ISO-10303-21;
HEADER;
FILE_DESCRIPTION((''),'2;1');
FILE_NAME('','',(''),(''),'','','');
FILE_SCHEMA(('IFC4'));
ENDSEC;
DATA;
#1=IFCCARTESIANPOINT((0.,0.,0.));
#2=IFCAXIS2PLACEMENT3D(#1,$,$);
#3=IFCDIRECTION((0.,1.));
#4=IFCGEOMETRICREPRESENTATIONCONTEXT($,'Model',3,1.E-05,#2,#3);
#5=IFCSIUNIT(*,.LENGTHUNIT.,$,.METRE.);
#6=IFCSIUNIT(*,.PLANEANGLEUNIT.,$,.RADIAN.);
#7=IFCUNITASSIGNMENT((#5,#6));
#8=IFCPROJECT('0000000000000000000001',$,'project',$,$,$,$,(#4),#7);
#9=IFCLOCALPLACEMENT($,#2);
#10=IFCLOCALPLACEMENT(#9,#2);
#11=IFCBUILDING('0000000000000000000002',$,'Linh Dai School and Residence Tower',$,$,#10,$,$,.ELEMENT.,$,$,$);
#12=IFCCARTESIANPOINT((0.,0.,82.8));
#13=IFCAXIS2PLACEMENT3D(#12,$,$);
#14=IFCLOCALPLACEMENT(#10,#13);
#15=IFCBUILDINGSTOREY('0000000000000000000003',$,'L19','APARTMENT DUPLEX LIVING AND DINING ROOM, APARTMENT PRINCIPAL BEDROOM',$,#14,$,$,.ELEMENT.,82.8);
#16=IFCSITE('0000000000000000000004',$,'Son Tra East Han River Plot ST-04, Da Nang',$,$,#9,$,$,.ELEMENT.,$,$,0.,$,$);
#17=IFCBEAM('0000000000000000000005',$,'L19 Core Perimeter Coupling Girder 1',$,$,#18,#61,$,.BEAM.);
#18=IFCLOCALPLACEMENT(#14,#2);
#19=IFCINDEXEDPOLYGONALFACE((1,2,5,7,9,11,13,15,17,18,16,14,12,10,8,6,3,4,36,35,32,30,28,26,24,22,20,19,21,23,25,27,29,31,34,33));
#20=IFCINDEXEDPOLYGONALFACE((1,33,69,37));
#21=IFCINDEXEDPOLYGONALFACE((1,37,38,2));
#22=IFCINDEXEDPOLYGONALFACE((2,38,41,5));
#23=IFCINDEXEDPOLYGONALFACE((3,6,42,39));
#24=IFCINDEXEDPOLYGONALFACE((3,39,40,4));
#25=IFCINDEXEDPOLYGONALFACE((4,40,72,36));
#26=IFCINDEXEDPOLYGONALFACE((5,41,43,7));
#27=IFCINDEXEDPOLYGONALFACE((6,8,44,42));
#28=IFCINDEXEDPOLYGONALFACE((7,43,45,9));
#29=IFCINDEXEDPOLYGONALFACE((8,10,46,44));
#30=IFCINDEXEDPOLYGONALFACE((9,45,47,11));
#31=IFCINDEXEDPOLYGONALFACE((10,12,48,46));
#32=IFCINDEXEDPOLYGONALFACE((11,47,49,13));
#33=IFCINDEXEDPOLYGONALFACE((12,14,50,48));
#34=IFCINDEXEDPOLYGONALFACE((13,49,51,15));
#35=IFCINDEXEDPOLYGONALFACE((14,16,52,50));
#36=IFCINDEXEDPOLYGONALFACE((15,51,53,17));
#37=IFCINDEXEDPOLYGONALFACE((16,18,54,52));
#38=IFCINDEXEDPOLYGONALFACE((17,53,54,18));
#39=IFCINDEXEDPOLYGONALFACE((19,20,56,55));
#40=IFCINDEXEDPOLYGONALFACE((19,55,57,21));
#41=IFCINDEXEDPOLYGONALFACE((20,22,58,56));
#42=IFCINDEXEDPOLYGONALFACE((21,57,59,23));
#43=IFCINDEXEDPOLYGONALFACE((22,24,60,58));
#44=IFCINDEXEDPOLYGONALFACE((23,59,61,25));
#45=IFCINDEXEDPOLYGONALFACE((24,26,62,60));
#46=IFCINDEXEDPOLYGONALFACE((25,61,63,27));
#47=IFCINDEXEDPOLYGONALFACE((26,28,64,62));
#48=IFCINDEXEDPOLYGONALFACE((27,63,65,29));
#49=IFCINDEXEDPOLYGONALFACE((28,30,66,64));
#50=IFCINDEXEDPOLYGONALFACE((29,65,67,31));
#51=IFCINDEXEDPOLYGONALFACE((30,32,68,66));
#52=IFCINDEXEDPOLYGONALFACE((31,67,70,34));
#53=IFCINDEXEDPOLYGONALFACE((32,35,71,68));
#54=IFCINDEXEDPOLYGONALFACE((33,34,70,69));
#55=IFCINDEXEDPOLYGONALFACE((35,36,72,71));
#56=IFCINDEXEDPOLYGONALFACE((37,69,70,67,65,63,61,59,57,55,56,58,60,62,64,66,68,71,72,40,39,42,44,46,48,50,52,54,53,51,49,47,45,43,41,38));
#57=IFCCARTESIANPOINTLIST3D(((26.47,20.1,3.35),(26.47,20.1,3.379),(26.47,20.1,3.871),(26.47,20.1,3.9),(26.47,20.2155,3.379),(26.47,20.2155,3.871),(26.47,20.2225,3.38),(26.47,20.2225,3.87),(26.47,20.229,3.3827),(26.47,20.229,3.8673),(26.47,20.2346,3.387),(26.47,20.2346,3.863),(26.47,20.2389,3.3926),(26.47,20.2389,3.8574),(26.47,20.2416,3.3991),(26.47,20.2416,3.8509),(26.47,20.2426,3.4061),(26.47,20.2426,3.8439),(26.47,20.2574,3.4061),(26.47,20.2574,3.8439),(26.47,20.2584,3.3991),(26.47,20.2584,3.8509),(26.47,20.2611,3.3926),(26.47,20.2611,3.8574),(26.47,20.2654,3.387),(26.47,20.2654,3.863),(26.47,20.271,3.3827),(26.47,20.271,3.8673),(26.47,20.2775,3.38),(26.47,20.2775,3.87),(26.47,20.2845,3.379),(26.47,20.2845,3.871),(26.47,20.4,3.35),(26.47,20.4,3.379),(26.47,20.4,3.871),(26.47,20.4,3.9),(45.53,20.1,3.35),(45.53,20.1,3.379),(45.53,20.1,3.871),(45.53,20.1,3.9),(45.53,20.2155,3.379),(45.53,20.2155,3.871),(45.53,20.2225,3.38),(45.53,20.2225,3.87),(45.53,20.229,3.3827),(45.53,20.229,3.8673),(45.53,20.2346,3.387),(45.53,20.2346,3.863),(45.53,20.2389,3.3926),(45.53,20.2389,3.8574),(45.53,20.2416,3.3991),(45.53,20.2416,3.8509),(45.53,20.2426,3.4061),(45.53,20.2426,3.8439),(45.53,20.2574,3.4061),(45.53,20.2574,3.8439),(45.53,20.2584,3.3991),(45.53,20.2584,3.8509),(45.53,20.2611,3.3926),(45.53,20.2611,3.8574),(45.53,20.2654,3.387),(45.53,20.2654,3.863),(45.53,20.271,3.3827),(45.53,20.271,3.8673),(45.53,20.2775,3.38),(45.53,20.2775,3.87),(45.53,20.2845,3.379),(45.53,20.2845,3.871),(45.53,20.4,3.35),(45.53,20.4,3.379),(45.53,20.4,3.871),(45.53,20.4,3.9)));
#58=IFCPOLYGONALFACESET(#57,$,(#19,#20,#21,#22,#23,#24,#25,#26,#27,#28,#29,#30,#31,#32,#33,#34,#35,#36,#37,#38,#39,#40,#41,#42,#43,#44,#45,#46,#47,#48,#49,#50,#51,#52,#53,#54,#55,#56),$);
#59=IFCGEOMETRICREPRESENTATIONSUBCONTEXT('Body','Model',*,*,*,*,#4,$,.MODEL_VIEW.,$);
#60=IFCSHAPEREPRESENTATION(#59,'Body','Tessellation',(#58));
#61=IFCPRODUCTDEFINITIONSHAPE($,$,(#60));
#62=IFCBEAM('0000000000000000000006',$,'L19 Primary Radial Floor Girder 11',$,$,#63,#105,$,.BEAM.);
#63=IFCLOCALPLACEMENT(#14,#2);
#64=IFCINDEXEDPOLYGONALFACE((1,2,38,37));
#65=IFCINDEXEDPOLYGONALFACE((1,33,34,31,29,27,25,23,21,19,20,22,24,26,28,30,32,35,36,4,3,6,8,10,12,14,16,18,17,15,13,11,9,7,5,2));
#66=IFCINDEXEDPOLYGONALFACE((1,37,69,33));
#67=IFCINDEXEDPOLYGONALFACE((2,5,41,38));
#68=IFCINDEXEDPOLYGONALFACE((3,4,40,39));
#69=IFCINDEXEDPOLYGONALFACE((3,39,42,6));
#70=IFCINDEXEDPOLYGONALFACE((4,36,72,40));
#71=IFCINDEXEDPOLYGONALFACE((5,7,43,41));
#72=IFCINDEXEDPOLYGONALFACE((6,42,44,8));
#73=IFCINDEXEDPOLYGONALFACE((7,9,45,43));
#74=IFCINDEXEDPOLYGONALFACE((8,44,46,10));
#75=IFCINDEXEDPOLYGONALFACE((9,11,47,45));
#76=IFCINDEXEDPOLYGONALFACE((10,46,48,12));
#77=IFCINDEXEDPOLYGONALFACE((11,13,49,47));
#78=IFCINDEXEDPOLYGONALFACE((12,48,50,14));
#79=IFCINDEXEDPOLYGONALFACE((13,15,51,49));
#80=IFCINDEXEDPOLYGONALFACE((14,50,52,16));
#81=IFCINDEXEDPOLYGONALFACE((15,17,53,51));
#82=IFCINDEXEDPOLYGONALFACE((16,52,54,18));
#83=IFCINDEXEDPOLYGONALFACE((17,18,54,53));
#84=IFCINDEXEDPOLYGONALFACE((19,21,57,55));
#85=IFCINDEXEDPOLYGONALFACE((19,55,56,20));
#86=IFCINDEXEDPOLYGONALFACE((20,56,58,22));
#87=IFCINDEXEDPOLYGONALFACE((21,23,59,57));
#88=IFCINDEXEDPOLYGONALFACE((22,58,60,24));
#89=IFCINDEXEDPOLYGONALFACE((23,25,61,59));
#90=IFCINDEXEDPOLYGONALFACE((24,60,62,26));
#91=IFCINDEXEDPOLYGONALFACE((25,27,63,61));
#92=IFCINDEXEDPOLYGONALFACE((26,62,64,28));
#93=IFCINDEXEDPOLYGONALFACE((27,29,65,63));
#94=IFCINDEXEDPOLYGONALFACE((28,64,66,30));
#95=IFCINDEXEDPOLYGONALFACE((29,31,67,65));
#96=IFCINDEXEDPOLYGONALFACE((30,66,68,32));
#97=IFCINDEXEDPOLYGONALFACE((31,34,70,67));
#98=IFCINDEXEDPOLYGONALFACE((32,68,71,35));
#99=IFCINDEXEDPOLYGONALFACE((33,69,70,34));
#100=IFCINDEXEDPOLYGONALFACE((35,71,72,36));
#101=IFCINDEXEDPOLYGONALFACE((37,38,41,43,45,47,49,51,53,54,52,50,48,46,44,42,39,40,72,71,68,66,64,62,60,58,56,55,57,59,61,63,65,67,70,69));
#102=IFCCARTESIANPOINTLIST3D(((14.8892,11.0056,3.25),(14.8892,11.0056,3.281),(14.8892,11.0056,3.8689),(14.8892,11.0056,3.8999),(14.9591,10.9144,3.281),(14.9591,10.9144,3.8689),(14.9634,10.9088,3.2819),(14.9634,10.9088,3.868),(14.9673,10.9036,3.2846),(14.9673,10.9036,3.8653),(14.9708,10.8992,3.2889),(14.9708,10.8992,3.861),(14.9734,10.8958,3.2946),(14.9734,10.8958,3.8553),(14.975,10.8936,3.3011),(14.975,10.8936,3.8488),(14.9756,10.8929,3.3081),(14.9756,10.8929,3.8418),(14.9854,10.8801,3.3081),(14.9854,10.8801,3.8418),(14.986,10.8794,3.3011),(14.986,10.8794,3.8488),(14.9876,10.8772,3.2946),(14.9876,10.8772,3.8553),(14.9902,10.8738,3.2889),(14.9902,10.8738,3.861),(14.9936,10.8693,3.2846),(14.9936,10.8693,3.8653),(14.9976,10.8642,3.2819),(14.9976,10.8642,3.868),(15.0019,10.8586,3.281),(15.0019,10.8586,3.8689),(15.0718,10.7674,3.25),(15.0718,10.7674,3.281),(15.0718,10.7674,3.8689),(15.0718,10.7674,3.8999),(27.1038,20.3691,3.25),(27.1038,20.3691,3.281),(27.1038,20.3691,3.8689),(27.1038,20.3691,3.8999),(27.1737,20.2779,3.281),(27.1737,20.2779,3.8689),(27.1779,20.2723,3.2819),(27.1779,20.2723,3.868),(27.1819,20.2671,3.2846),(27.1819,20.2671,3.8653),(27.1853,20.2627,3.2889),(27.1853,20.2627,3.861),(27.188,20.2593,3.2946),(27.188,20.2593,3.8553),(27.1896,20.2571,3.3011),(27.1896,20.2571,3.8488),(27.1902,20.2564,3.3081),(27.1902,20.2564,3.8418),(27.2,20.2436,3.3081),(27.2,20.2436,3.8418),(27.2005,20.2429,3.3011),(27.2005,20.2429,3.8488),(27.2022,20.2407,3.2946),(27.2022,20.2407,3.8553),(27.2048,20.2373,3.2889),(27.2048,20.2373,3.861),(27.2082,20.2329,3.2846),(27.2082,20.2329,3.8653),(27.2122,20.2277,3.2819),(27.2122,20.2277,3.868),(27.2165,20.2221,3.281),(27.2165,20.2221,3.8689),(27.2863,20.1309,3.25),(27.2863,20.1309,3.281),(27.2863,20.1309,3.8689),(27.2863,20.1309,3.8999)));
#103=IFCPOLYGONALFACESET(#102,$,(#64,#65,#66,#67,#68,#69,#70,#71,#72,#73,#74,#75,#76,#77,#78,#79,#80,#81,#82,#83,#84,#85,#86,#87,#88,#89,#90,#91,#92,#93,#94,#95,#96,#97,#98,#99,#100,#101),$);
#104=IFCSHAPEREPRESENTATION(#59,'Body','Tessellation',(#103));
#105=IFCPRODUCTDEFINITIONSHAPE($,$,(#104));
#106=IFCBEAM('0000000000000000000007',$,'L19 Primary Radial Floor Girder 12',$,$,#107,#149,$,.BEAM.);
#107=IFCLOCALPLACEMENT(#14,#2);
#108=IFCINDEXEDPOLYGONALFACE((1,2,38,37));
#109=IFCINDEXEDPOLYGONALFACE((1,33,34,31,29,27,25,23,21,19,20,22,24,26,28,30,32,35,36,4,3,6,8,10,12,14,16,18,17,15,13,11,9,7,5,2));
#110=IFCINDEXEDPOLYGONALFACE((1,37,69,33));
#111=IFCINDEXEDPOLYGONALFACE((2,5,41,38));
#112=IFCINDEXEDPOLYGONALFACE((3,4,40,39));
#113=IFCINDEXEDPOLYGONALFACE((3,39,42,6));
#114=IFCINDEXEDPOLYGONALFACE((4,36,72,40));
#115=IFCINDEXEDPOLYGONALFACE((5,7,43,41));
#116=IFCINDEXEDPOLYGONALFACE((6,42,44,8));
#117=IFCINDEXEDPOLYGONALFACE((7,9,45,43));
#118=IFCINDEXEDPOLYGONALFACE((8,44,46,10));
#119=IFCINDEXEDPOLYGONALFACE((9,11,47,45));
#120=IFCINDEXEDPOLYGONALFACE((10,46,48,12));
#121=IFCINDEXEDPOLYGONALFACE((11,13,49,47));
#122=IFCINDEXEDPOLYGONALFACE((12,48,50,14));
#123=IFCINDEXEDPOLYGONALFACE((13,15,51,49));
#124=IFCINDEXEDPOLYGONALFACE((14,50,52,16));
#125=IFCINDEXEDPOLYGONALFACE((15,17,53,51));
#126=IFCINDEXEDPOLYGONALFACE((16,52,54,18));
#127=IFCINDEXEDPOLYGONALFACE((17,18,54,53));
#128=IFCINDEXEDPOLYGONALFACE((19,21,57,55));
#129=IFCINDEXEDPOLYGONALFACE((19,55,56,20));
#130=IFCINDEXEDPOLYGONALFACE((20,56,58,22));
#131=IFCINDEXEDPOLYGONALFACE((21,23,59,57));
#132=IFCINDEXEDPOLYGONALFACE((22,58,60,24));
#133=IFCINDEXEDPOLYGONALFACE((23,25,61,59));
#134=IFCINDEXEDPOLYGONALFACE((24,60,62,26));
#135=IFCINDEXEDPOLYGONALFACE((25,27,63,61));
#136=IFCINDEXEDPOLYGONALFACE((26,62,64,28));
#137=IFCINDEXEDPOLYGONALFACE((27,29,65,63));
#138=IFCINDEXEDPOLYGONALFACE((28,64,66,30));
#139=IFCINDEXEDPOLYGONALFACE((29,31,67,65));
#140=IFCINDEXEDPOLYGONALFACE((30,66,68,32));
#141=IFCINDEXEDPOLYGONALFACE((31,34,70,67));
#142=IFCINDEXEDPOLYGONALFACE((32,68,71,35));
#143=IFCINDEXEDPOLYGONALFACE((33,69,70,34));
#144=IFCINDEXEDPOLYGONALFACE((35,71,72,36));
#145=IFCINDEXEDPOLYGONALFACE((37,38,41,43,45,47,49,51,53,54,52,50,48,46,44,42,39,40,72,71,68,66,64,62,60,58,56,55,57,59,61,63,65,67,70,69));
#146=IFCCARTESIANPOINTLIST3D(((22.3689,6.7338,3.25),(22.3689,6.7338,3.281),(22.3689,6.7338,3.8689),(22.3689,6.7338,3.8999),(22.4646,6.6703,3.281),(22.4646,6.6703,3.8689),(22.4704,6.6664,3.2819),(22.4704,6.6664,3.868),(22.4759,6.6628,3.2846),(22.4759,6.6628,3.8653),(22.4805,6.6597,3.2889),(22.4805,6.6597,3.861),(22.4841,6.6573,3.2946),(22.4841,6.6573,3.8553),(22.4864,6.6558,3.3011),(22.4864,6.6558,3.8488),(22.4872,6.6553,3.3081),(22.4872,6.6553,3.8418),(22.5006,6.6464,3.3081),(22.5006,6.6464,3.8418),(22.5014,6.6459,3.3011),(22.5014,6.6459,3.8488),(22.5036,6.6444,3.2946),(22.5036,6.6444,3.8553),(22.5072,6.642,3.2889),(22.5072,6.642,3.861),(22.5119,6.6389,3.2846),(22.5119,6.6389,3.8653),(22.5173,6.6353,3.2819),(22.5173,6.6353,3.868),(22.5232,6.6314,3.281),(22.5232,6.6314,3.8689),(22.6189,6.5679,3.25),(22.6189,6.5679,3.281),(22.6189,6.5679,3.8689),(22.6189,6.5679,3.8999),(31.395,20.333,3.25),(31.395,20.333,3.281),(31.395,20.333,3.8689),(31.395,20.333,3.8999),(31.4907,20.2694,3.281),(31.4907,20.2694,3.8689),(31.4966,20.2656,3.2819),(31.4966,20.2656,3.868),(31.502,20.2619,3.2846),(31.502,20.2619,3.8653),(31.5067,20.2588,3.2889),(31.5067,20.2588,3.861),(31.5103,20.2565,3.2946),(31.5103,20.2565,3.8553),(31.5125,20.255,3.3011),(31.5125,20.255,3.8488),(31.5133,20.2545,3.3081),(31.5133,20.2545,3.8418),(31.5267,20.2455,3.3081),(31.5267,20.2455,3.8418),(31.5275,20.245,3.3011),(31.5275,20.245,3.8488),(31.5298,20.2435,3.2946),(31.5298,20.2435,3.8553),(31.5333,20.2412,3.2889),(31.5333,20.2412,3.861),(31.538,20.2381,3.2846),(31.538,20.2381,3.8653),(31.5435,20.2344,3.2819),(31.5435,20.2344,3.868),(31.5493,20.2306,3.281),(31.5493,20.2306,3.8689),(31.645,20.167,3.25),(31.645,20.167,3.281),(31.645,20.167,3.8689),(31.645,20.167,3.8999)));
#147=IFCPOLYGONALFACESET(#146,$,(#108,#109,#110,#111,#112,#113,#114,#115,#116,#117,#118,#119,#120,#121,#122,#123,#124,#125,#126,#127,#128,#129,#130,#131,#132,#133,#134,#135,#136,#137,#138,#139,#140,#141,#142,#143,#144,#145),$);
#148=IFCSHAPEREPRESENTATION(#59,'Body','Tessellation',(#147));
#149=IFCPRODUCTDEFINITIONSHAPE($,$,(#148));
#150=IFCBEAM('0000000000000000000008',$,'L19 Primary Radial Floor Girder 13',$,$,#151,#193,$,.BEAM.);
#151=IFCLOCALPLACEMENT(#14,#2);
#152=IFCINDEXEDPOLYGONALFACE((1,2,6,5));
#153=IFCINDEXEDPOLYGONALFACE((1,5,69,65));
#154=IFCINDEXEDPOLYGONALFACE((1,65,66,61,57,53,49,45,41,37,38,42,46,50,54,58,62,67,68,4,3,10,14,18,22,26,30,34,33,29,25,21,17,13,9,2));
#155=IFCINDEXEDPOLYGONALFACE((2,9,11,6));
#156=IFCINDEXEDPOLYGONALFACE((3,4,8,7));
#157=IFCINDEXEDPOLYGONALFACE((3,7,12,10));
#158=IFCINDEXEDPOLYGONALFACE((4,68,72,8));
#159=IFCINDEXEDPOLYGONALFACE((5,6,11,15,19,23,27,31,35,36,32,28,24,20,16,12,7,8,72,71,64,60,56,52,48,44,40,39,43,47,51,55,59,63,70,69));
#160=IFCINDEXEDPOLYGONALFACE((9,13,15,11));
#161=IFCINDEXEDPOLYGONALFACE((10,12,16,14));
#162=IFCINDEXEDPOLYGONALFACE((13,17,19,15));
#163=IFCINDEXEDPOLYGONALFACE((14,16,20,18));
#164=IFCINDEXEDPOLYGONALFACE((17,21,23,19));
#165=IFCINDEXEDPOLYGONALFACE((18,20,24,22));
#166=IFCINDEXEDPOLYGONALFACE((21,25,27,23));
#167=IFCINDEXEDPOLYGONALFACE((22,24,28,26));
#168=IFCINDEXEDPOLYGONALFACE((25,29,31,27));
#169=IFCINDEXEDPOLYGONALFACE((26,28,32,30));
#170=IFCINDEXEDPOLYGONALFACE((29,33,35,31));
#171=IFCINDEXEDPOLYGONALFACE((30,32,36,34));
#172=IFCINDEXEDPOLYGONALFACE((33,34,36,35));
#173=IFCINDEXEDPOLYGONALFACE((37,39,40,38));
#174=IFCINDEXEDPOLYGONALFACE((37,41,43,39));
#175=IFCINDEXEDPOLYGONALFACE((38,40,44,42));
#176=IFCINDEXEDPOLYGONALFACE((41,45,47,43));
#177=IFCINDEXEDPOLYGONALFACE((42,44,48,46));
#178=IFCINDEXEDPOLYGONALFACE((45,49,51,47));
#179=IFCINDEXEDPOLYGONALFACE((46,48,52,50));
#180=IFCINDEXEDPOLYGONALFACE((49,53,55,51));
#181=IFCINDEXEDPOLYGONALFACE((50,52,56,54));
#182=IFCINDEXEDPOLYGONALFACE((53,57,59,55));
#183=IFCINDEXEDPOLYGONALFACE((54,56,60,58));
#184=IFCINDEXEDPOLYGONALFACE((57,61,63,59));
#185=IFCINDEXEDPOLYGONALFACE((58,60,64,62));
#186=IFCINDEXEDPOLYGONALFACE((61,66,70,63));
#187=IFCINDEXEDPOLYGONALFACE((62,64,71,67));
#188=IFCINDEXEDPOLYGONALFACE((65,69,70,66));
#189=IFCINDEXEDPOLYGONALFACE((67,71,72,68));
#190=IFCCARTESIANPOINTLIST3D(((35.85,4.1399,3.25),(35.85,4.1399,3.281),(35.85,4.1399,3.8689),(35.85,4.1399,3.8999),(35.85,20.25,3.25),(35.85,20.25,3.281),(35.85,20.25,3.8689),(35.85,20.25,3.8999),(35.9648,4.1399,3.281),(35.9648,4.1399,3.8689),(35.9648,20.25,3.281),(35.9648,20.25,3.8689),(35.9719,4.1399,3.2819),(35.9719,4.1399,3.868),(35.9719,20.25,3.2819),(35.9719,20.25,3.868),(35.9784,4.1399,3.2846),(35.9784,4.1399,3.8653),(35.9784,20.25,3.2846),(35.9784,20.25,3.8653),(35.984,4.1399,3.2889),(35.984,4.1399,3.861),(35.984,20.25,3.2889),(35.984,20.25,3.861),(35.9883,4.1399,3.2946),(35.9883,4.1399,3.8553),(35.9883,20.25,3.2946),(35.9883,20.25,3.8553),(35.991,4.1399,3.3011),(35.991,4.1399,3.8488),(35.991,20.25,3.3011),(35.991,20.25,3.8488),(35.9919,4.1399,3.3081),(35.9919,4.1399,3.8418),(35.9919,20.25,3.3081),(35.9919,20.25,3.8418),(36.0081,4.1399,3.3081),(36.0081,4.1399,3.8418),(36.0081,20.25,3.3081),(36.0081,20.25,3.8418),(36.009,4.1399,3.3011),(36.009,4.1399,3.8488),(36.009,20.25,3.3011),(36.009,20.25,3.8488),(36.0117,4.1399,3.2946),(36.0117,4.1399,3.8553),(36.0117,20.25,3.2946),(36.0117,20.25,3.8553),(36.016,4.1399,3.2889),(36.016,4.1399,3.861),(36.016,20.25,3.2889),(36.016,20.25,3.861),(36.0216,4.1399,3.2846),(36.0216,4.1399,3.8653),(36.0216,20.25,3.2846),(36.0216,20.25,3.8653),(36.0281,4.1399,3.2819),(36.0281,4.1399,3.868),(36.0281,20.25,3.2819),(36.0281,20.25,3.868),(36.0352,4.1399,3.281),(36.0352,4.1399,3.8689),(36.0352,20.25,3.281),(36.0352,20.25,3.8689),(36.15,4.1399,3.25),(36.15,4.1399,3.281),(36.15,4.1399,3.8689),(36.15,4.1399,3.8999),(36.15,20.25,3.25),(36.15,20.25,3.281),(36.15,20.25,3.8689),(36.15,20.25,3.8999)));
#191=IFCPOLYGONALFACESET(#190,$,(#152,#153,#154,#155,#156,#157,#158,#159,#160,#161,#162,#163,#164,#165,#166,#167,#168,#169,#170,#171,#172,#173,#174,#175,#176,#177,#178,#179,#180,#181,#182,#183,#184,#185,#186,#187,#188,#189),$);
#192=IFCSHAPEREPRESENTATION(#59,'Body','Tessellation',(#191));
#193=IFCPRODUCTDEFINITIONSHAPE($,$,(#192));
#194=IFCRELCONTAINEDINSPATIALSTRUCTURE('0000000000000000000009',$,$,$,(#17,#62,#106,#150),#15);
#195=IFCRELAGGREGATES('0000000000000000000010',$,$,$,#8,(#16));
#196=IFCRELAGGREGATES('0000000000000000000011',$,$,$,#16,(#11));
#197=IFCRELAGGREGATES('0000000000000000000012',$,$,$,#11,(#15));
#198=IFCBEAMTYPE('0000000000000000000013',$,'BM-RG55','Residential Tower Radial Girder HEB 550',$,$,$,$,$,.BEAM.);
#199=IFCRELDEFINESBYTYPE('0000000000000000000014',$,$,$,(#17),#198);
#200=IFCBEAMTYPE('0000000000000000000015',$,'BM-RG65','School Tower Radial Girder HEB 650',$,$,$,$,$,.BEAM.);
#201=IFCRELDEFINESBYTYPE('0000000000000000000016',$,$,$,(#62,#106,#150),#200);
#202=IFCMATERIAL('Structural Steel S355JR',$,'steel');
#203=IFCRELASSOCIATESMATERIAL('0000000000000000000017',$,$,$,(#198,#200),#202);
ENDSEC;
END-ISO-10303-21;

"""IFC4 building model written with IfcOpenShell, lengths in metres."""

from ifc_helpers import new_model, si_unit, direction, frame, origin, origin_2d, place, context, subcontext, project, spatial, i_section, extrude, material, material_profile, profile_set, type_object, element, save


model = new_model("IFC4")

# Units and contexts
model_context = context("Model", 3, precision=1e-05, world=origin(), true_north=direction((0.0, 1.0)))
body_context = subcontext(model_context, "Body", "Model", "MODEL_VIEW")
ifc_project = project(units=[si_unit("LENGTHUNIT", "METRE"), si_unit("PLANEANGLEUNIT", "RADIAN")], contexts=[model_context])

# Site, building, storey
site_placement = place(None, origin())
site = spatial("IfcSite", under=ifc_project, at=site_placement, Name="Son Tra East Han River Plot ST-04, Da Nang", CompositionType="ELEMENT", RefElevation=0.0)
building_placement = place(site_placement, origin())
building = spatial("IfcBuilding", under=site, at=building_placement, Name="Linh Dai School and Residence Tower", CompositionType="ELEMENT")
storey_placement = place(building_placement, frame((0.0, 0.0, 82.8)))
storey = spatial("IfcBuildingStorey", under=building, at=storey_placement, Name="L19", Description="APARTMENT DUPLEX LIVING AND DINING ROOM, APARTMENT PRINCIPAL BEDROOM", CompositionType="ELEMENT", Elevation=82.8)

# Shared definitions
ifc_material_1 = material(Name="Structural Steel S355JR", Category="steel")

# Beams
ifc_material_profile_1 = material_profile(ifc_material_1, i_section(OverallWidth=0.3, OverallDepth=0.55, WebThickness=0.0149, FlangeThickness=0.0291, FilletRadius=0.0271, at=origin_2d()), Name="HEB 550")
ifc_profile_set_1 = profile_set([ifc_material_profile_1], Name="Structural Steel S355JR")
beam_type_1 = type_object("IfcBeamType", Name="BM-RG55", Description="Residential Tower Radial Girder HEB 550", PredefinedType="BEAM", material=ifc_profile_set_1)
beam_1_placement = place(storey_placement, frame((26.47, 20.25, 3.625), z_axis=(1.0, 0.0, 0.0), x_axis=(0.0, 1.0, 0.0)))
element("IfcBeam", 1, at=beam_1_placement, inside=storey, type_object=beam_type_1, Name="L19 Core Perimeter Coupling Girder 1", PredefinedType="BEAM", context=body_context, shape_type="SweptSolid", body=[
    extrude(i_section(OverallWidth=0.3, OverallDepth=0.55, WebThickness=0.0149, FlangeThickness=0.0291, FilletRadius=0.0271, at=origin_2d()), origin(), (0.0, 0.0, 1.0), 19.0601),
])
ifc_material_profile_2 = material_profile(ifc_material_1, i_section(OverallWidth=0.3, OverallDepth=0.6499, WebThickness=0.0161, FlangeThickness=0.031, FilletRadius=0.0271, at=origin_2d()), Name="HEB 650")
ifc_profile_set_2 = profile_set([ifc_material_profile_2], Name="Structural Steel S355JR")
beam_type_2 = type_object("IfcBeamType", Name="BM-RG65", Description="School Tower Radial Girder HEB 650", PredefinedType="BEAM", material=ifc_profile_set_2)
beam_2_placement = place(storey_placement, frame((27.1951, 20.25, 3.575), z_axis=(-0.793638, -0.608391, 0.0), x_axis=(0.608391, -0.793638, 0.0)))
element("IfcBeam", 2, at=beam_2_placement, inside=storey, type_object=beam_type_2, Name="L19 Primary Radial Floor Girder 11", PredefinedType="BEAM", context=body_context, shape_type="SweptSolid", body=[
    extrude(i_section(OverallWidth=0.3, OverallDepth=0.6499, WebThickness=0.0161, FlangeThickness=0.031, FilletRadius=0.0271, at=origin_2d()), origin(), (0.0, 0.0, 1.0), 15.3906),
])
beam_3_placement = place(storey_placement, frame((31.52, 20.25, 3.575), z_axis=(-0.553004, -0.833178, 0.0), x_axis=(0.833178, -0.553004, 0.0)))
element("IfcBeam", 3, at=beam_3_placement, inside=storey, type_object=beam_type_2, Name="L19 Primary Radial Floor Girder 12", PredefinedType="BEAM", context=body_context, shape_type="SweptSolid", body=[
    extrude(i_section(OverallWidth=0.3, OverallDepth=0.6499, WebThickness=0.0161, FlangeThickness=0.031, FilletRadius=0.0271, at=origin_2d()), origin(), (0.0, 0.0, 1.0), 16.322),
])
beam_4_placement = place(storey_placement, frame((36.0, 20.25, 3.575), z_axis=(0.0, -1.0, 0.0), x_axis=(1.0, 0.0, 0.0)))
element("IfcBeam", 4, at=beam_4_placement, inside=storey, type_object=beam_type_2, Name="L19 Primary Radial Floor Girder 13", PredefinedType="BEAM", context=body_context, shape_type="SweptSolid", body=[
    extrude(i_section(OverallWidth=0.3, OverallDepth=0.6499, WebThickness=0.0161, FlangeThickness=0.031, FilletRadius=0.0271, at=origin_2d()), origin(), (0.0, 0.0, 1.0), 16.1101),
])

save(model, "model.ifc")
